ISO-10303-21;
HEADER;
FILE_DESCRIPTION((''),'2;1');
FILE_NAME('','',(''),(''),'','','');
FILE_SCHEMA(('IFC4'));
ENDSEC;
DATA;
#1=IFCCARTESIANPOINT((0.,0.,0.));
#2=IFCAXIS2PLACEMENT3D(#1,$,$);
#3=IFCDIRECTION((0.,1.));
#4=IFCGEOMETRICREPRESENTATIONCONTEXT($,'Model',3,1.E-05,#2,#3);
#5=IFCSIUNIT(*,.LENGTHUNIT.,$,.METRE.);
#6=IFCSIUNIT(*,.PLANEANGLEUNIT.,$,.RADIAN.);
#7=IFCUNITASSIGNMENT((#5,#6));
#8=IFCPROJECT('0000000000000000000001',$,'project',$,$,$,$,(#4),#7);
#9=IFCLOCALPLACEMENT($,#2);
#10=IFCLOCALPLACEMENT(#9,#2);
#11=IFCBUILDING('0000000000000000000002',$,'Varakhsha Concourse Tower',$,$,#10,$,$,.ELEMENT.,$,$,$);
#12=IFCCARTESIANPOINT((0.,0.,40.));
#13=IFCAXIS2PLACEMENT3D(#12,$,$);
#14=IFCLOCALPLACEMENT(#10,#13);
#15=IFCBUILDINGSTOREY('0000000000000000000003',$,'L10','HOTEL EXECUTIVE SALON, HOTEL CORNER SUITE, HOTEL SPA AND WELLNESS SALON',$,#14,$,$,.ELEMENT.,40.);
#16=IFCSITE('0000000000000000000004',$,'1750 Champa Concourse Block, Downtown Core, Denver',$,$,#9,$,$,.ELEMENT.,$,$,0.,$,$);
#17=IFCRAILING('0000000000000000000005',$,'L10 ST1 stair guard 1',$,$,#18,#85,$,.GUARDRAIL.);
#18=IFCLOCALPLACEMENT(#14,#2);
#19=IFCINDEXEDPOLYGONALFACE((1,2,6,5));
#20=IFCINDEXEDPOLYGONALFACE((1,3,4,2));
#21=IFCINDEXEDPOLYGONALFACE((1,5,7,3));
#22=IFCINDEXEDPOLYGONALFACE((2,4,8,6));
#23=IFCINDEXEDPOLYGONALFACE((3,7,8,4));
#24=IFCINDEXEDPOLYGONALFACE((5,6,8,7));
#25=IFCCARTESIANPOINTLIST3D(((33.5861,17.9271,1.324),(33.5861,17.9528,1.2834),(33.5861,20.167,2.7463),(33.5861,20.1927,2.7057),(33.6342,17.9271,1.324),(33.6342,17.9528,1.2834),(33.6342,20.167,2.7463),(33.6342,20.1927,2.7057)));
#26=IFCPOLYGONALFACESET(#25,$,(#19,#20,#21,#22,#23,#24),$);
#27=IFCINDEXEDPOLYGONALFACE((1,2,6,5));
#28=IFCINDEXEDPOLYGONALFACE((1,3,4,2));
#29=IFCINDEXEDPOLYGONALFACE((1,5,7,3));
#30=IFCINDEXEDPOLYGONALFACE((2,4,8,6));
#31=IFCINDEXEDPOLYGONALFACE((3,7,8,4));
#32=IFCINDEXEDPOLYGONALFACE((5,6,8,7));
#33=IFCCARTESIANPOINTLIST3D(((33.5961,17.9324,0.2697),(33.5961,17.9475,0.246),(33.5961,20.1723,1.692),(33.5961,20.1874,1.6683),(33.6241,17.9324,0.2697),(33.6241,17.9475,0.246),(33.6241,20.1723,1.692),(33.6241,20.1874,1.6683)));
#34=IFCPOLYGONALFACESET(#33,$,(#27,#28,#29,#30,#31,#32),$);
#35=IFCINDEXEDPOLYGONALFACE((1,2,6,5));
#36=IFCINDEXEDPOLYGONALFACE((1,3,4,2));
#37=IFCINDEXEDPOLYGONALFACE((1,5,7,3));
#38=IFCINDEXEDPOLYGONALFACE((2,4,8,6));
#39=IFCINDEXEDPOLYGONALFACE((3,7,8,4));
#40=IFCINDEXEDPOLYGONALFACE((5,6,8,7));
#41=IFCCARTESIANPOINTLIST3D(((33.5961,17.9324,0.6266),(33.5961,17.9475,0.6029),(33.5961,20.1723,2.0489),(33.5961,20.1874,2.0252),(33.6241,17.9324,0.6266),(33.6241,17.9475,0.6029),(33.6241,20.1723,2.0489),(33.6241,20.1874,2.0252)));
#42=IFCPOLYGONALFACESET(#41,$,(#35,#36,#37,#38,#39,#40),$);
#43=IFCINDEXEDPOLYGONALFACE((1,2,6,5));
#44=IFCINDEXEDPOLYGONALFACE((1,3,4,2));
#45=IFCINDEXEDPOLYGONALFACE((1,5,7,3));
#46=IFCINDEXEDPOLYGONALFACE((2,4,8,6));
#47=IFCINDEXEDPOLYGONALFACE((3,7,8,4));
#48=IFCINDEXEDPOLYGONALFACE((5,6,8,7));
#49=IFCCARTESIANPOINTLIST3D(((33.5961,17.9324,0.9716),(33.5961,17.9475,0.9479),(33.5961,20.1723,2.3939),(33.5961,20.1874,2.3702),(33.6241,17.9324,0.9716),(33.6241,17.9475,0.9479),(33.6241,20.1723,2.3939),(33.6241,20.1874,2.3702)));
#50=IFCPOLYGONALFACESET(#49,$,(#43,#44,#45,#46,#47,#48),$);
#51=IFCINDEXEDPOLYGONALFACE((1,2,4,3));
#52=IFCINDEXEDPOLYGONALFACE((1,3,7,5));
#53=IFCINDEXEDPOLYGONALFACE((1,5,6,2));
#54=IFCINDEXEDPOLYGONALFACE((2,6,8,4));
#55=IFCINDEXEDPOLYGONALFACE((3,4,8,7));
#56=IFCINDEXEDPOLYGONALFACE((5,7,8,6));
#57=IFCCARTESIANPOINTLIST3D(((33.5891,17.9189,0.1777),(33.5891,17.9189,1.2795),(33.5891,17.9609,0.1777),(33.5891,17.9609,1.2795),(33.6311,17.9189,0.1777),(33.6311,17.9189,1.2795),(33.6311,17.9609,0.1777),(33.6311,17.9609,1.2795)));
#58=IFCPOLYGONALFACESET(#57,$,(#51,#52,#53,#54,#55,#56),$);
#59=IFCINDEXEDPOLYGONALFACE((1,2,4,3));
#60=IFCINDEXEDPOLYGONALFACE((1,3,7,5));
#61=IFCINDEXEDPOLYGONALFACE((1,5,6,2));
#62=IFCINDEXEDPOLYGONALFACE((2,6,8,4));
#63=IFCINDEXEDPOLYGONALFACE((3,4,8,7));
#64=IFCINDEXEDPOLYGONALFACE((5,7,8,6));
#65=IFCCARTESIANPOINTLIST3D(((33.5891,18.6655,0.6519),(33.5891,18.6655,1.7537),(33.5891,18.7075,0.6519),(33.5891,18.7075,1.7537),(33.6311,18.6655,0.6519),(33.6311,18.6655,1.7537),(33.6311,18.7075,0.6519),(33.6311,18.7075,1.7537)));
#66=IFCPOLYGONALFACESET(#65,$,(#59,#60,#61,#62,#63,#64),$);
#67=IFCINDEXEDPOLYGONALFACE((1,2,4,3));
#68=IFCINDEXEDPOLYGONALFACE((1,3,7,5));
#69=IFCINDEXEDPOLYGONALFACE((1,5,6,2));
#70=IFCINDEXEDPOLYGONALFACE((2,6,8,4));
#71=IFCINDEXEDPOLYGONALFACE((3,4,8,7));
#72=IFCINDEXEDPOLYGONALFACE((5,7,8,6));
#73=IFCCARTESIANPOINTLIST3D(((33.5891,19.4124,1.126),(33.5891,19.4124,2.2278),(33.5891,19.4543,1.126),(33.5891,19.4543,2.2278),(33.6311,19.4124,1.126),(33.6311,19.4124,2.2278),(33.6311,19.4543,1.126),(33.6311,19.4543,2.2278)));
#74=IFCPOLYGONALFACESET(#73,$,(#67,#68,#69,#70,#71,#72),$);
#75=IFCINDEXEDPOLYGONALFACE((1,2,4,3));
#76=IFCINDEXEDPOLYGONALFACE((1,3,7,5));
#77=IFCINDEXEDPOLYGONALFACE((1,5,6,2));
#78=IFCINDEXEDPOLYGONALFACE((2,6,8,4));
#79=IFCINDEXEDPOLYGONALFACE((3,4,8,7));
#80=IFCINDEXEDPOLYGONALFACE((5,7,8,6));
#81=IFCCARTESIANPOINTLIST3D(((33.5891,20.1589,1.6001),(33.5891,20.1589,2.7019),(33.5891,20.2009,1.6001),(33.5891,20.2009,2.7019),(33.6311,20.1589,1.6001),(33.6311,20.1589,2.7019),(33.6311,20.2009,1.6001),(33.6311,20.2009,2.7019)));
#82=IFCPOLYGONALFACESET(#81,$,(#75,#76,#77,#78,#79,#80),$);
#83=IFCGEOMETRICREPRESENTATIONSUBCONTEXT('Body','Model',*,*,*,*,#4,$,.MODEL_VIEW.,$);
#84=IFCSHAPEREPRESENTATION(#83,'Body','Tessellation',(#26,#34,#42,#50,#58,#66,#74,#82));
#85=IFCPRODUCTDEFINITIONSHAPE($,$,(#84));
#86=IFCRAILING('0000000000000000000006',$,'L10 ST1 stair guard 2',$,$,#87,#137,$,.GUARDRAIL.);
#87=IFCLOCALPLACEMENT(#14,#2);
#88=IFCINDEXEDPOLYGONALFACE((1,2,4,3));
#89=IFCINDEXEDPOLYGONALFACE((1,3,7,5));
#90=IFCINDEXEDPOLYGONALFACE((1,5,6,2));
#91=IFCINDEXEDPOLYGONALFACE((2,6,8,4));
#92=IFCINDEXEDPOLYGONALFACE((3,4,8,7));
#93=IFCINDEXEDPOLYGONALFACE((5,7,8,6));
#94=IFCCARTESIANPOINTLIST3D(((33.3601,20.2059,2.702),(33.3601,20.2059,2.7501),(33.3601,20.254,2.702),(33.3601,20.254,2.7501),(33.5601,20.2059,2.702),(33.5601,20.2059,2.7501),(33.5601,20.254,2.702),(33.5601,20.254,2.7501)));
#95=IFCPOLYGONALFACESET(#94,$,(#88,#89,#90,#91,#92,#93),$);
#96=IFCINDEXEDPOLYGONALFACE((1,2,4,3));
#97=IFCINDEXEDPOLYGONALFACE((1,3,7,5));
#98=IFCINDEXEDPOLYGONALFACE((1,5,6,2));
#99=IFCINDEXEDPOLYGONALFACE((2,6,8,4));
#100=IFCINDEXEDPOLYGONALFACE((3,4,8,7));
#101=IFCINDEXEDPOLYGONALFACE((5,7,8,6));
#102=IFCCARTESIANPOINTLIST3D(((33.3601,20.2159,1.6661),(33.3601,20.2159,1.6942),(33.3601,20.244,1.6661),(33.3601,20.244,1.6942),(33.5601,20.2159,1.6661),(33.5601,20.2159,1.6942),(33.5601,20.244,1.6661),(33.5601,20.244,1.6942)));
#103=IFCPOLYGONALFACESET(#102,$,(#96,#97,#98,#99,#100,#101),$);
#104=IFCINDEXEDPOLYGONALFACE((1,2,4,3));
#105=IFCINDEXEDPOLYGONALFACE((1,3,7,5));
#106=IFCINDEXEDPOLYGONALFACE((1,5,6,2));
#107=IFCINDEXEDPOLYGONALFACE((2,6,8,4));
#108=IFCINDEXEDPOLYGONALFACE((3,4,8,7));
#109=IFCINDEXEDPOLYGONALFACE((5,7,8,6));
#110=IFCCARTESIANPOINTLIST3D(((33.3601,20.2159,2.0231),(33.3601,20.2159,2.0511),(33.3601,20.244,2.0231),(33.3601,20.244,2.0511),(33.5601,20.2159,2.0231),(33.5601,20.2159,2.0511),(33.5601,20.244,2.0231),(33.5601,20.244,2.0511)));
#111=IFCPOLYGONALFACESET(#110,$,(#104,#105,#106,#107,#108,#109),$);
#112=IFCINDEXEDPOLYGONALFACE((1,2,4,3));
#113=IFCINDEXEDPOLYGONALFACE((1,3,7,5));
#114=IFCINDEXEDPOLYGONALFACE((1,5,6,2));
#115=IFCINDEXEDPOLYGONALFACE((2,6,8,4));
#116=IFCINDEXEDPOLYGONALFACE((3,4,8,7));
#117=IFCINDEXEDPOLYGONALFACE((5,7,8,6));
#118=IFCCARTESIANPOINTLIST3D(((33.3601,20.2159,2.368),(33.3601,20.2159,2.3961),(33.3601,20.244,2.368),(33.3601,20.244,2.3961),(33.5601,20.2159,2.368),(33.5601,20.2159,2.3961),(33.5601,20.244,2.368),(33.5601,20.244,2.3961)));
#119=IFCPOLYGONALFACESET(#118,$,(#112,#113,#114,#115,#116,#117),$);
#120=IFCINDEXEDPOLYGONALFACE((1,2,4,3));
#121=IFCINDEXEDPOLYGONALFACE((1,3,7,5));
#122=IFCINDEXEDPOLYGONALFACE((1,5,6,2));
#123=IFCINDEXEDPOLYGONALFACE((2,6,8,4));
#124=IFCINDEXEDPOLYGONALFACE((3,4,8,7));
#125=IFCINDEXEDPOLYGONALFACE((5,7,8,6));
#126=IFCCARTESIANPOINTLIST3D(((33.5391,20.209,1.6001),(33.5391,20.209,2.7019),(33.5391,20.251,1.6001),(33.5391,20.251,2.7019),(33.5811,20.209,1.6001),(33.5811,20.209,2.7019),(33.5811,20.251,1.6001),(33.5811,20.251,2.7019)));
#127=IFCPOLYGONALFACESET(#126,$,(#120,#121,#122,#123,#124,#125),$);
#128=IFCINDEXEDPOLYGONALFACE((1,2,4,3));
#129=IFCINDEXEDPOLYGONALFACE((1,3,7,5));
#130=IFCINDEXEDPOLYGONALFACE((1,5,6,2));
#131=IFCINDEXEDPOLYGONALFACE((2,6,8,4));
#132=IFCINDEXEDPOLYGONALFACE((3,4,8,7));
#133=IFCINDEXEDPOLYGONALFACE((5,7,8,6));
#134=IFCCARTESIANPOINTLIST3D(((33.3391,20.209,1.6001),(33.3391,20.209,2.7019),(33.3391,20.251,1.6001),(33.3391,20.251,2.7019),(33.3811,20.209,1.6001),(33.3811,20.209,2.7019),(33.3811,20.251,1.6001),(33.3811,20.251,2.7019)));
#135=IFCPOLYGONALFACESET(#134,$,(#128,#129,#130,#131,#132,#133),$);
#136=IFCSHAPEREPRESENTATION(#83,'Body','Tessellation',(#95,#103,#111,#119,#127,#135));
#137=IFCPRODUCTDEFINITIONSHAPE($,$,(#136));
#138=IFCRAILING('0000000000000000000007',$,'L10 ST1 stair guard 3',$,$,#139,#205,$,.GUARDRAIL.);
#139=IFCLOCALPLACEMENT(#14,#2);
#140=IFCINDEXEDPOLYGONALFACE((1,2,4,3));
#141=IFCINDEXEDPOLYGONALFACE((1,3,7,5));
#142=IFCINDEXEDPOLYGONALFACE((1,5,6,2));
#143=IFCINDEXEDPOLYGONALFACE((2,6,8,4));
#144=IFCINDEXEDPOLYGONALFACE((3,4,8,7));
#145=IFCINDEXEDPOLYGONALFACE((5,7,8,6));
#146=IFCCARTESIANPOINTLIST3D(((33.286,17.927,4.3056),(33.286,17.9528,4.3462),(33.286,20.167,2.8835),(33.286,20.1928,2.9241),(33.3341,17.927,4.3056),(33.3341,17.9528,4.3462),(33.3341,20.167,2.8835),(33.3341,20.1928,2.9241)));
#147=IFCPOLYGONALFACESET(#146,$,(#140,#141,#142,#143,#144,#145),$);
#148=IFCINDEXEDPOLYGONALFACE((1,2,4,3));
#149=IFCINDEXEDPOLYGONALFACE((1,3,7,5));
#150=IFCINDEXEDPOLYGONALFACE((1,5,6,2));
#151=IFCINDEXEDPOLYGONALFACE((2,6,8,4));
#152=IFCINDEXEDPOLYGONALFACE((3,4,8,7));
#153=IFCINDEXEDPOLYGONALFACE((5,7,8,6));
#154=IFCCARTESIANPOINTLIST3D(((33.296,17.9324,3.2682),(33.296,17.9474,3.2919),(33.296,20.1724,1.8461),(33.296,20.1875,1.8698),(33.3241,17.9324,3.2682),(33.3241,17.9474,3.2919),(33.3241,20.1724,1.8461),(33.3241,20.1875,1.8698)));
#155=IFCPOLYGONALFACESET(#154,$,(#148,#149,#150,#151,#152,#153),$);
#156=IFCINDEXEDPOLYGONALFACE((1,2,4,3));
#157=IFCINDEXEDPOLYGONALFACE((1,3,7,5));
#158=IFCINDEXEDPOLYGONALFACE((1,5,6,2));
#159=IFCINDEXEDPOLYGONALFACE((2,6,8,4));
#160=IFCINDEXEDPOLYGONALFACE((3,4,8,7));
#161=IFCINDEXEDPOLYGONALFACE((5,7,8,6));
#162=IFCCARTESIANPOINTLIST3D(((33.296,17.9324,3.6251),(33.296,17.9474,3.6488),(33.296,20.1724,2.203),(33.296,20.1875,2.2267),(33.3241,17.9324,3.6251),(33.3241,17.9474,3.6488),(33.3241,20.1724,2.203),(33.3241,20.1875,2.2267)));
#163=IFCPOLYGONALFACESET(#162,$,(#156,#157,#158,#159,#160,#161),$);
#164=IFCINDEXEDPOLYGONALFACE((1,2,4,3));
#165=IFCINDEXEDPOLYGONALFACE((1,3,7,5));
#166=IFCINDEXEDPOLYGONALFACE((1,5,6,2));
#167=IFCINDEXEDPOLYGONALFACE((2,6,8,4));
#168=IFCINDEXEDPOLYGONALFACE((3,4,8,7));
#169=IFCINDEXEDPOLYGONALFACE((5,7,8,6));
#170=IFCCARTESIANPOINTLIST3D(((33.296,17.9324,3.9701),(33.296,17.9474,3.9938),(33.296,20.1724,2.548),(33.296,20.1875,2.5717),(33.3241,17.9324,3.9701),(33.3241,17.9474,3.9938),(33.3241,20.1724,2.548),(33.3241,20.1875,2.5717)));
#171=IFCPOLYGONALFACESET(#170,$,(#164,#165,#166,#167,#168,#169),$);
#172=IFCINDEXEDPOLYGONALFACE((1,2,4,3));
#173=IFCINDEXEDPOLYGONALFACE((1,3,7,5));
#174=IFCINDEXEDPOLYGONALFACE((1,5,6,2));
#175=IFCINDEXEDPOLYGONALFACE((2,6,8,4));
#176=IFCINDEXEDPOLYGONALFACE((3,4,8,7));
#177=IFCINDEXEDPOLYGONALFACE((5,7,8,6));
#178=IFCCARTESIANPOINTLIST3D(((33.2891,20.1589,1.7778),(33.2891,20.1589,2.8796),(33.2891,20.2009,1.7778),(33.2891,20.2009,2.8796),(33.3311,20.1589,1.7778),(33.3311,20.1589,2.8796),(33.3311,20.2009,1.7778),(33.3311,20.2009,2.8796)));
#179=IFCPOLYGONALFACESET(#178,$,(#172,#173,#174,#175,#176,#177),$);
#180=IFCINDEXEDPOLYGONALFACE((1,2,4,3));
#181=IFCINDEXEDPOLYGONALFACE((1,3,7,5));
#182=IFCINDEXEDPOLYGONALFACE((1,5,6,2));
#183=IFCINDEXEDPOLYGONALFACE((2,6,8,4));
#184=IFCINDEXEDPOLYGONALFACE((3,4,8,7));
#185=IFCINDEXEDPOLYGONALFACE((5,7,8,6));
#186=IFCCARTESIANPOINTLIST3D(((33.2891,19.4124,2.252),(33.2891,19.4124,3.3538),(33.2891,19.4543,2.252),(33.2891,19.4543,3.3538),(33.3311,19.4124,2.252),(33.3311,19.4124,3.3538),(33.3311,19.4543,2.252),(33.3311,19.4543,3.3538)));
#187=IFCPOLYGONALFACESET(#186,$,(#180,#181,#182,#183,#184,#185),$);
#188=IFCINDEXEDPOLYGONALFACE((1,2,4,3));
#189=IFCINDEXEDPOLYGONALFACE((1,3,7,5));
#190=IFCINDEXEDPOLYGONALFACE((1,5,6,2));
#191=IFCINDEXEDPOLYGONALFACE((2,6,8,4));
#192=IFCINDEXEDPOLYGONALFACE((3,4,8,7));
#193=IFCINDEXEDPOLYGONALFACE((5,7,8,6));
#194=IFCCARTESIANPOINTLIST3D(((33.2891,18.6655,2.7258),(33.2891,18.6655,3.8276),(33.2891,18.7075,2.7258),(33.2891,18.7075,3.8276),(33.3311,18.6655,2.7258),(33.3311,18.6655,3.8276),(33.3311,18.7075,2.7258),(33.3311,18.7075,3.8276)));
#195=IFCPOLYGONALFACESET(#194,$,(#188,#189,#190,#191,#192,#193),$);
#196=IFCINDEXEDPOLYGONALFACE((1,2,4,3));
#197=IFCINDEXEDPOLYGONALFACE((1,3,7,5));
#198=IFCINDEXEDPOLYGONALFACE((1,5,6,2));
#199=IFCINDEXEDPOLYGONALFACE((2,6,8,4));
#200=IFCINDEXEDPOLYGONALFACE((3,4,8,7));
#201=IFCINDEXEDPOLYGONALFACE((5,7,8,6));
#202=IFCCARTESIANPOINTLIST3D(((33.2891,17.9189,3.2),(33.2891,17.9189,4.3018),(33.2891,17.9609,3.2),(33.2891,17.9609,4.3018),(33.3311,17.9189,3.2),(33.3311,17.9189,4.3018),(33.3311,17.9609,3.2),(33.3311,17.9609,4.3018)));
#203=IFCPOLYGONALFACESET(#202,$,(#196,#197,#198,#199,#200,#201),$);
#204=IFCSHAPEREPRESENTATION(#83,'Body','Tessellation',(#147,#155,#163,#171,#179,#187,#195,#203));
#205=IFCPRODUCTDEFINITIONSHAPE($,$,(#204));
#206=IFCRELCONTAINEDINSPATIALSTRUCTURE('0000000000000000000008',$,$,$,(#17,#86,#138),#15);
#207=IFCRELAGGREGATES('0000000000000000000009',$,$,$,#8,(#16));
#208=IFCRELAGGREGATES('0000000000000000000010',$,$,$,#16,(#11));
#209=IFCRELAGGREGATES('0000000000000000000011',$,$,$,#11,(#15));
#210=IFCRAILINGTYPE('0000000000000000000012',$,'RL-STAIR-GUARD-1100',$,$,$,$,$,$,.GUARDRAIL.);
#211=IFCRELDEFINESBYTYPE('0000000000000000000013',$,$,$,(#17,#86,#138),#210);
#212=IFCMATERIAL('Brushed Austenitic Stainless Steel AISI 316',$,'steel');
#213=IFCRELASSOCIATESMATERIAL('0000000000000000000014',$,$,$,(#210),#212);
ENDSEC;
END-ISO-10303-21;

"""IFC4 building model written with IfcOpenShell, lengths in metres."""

from ifc_helpers import new_model, si_unit, direction, frame, origin, origin_2d, place, context, subcontext, project, spatial, rectangle, extrude, material, type_object, element, save


model = new_model("IFC4")

# Units and contexts
model_context = context("Model", 3, precision=1e-05, world=origin(), true_north=direction((0.0, 1.0)))
body_context = subcontext(model_context, "Body", "Model", "MODEL_VIEW")
ifc_project = project(units=[si_unit("LENGTHUNIT", "METRE"), si_unit("PLANEANGLEUNIT", "RADIAN")], contexts=[model_context])

# Site, building, storey
site_placement = place(None, origin())
site = spatial("IfcSite", under=ifc_project, at=site_placement, Name="1750 Champa Concourse Block, Downtown Core, Denver", CompositionType="ELEMENT", RefElevation=0.0)
building_placement = place(site_placement, origin())
building = spatial("IfcBuilding", under=site, at=building_placement, Name="Varakhsha Concourse Tower", CompositionType="ELEMENT")
storey_placement = place(building_placement, frame((0.0, 0.0, 40.0)))
storey = spatial("IfcBuildingStorey", under=building, at=storey_placement, Name="L10", Description="HOTEL EXECUTIVE SALON, HOTEL CORNER SUITE, HOTEL SPA AND WELLNESS SALON", CompositionType="ELEMENT", Elevation=40.0)

# Shared definitions
ifc_material_1 = material(Name="Brushed Austenitic Stainless Steel AISI 316", Category="steel")

# Railings
railing_type_1 = type_object("IfcRailingType", Name="RL-STAIR-GUARD-1100", PredefinedType="GUARDRAIL", material=ifc_material_1)
railing_1_placement = place(storey_placement, frame((33.6101, 17.9399, 0.1777)))
element("IfcRailing", 1, at=railing_1_placement, inside=storey, type_object=railing_type_1, Name="L10 ST1 stair guard 1", PredefinedType="GUARDRAIL", context=body_context, shape_type="SweptSolid", body=[
    extrude(rectangle(XDim=0.0481, YDim=0.0481, at=origin_2d()), frame((0.0, 0.0, 1.126), z_axis=(0.0, 0.844188, 0.536048), x_axis=(-1.0, 0.0, 0.0)), (0.0, 0.0, 1.0), 2.6533),
    extrude(rectangle(XDim=0.0281, YDim=0.0281, at=origin_2d()), frame((0.0, 0.0, 0.0801), z_axis=(0.0, 0.844188, 0.536048), x_axis=(-1.0, 0.0, 0.0)), (0.0, 0.0, 1.0), 2.6533),
    extrude(rectangle(XDim=0.0281, YDim=0.0281, at=origin_2d()), frame((0.0, 0.0, 0.437), z_axis=(0.0, 0.844188, 0.536048), x_axis=(-1.0, 0.0, 0.0)), (0.0, 0.0, 1.0), 2.6533),
    extrude(rectangle(XDim=0.0281, YDim=0.0281, at=origin_2d()), frame((0.0, 0.0, 0.782), z_axis=(0.0, 0.844188, 0.536048), x_axis=(-1.0, 0.0, 0.0)), (0.0, 0.0, 1.0), 2.6533),
    extrude(rectangle(XDim=0.042, YDim=0.042, at=origin_2d()), origin(), (0.0, 0.0, 1.0), 1.1018),
    extrude(rectangle(XDim=0.042, YDim=0.042, at=origin_2d()), frame((0.0, 0.7466, 0.4741)), (0.0, 0.0, 1.0), 1.1018),
    extrude(rectangle(XDim=0.042, YDim=0.042, at=origin_2d()), frame((0.0, 1.4934, 0.9482)), (0.0, 0.0, 1.0), 1.1018),
    extrude(rectangle(XDim=0.042, YDim=0.042, at=origin_2d()), frame((0.0, 2.24, 1.4224)), (0.0, 0.0, 1.0), 1.1018),
])
railing_2_placement = place(storey_placement, frame((33.5601, 20.23, 1.6001)))
element("IfcRailing", 2, at=railing_2_placement, inside=storey, type_object=railing_type_1, Name="L10 ST1 stair guard 2", PredefinedType="GUARDRAIL", context=body_context, shape_type="SweptSolid", body=[
    extrude(rectangle(XDim=0.0481, YDim=0.0481, at=origin_2d()), frame((0.0, 0.0, 1.126), z_axis=(-1.0, 0.0, 0.0), x_axis=(0.0, -1.0, 0.0)), (0.0, 0.0, 1.0), 0.2),
    extrude(rectangle(XDim=0.0281, YDim=0.0281, at=origin_2d()), frame((0.0, 0.0, 0.0801), z_axis=(-1.0, 0.0, 0.0), x_axis=(0.0, -1.0, 0.0)), (0.0, 0.0, 1.0), 0.2),
    extrude(rectangle(XDim=0.0281, YDim=0.0281, at=origin_2d()), frame((0.0, 0.0, 0.437), z_axis=(-1.0, 0.0, 0.0), x_axis=(0.0, -1.0, 0.0)), (0.0, 0.0, 1.0), 0.2),
    extrude(rectangle(XDim=0.0281, YDim=0.0281, at=origin_2d()), frame((0.0, 0.0, 0.782), z_axis=(-1.0, 0.0, 0.0), x_axis=(0.0, -1.0, 0.0)), (0.0, 0.0, 1.0), 0.2),
    extrude(rectangle(XDim=0.042, YDim=0.042, at=origin_2d()), origin(), (0.0, 0.0, 1.0), 1.1018),
    extrude(rectangle(XDim=0.042, YDim=0.042, at=origin_2d()), frame((-0.2, 0.0, 0.0)), (0.0, 0.0, 1.0), 1.1018),
])
railing_3_placement = place(storey_placement, frame((33.3101, 20.1799, 1.7778)))
element("IfcRailing", 3, at=railing_3_placement, inside=storey, type_object=railing_type_1, Name="L10 ST1 stair guard 3", PredefinedType="GUARDRAIL", context=body_context, shape_type="SweptSolid", body=[
    extrude(rectangle(XDim=0.0481, YDim=0.0481, at=origin_2d()), frame((0.0, 0.0, 1.126), z_axis=(0.0, -0.844229, 0.535982), x_axis=(1.0, 0.0, 0.0)), (0.0, 0.0, 1.0), 2.6533),
    extrude(rectangle(XDim=0.0281, YDim=0.0281, at=origin_2d()), frame((0.0, 0.0, 0.0801), z_axis=(0.0, -0.844229, 0.535982), x_axis=(1.0, 0.0, 0.0)), (0.0, 0.0, 1.0), 2.6533),
    extrude(rectangle(XDim=0.0281, YDim=0.0281, at=origin_2d()), frame((0.0, 0.0, 0.437), z_axis=(0.0, -0.844229, 0.535982), x_axis=(1.0, 0.0, 0.0)), (0.0, 0.0, 1.0), 2.6533),
    extrude(rectangle(XDim=0.0281, YDim=0.0281, at=origin_2d()), frame((0.0, 0.0, 0.782), z_axis=(0.0, -0.844229, 0.535982), x_axis=(1.0, 0.0, 0.0)), (0.0, 0.0, 1.0), 2.6533),
    extrude(rectangle(XDim=0.042, YDim=0.042, at=origin_2d()), origin(), (0.0, 0.0, 1.0), 1.1018),
    extrude(rectangle(XDim=0.042, YDim=0.042, at=origin_2d()), frame((0.0, -0.7466, 0.4741)), (0.0, 0.0, 1.0), 1.1018),
    extrude(rectangle(XDim=0.042, YDim=0.042, at=origin_2d()), frame((0.0, -1.4934, 0.948)), (0.0, 0.0, 1.0), 1.1018),
    extrude(rectangle(XDim=0.042, YDim=0.042, at=origin_2d()), frame((0.0, -2.24, 1.4221)), (0.0, 0.0, 1.0), 1.1018),
])

save(model, "model.ifc")
